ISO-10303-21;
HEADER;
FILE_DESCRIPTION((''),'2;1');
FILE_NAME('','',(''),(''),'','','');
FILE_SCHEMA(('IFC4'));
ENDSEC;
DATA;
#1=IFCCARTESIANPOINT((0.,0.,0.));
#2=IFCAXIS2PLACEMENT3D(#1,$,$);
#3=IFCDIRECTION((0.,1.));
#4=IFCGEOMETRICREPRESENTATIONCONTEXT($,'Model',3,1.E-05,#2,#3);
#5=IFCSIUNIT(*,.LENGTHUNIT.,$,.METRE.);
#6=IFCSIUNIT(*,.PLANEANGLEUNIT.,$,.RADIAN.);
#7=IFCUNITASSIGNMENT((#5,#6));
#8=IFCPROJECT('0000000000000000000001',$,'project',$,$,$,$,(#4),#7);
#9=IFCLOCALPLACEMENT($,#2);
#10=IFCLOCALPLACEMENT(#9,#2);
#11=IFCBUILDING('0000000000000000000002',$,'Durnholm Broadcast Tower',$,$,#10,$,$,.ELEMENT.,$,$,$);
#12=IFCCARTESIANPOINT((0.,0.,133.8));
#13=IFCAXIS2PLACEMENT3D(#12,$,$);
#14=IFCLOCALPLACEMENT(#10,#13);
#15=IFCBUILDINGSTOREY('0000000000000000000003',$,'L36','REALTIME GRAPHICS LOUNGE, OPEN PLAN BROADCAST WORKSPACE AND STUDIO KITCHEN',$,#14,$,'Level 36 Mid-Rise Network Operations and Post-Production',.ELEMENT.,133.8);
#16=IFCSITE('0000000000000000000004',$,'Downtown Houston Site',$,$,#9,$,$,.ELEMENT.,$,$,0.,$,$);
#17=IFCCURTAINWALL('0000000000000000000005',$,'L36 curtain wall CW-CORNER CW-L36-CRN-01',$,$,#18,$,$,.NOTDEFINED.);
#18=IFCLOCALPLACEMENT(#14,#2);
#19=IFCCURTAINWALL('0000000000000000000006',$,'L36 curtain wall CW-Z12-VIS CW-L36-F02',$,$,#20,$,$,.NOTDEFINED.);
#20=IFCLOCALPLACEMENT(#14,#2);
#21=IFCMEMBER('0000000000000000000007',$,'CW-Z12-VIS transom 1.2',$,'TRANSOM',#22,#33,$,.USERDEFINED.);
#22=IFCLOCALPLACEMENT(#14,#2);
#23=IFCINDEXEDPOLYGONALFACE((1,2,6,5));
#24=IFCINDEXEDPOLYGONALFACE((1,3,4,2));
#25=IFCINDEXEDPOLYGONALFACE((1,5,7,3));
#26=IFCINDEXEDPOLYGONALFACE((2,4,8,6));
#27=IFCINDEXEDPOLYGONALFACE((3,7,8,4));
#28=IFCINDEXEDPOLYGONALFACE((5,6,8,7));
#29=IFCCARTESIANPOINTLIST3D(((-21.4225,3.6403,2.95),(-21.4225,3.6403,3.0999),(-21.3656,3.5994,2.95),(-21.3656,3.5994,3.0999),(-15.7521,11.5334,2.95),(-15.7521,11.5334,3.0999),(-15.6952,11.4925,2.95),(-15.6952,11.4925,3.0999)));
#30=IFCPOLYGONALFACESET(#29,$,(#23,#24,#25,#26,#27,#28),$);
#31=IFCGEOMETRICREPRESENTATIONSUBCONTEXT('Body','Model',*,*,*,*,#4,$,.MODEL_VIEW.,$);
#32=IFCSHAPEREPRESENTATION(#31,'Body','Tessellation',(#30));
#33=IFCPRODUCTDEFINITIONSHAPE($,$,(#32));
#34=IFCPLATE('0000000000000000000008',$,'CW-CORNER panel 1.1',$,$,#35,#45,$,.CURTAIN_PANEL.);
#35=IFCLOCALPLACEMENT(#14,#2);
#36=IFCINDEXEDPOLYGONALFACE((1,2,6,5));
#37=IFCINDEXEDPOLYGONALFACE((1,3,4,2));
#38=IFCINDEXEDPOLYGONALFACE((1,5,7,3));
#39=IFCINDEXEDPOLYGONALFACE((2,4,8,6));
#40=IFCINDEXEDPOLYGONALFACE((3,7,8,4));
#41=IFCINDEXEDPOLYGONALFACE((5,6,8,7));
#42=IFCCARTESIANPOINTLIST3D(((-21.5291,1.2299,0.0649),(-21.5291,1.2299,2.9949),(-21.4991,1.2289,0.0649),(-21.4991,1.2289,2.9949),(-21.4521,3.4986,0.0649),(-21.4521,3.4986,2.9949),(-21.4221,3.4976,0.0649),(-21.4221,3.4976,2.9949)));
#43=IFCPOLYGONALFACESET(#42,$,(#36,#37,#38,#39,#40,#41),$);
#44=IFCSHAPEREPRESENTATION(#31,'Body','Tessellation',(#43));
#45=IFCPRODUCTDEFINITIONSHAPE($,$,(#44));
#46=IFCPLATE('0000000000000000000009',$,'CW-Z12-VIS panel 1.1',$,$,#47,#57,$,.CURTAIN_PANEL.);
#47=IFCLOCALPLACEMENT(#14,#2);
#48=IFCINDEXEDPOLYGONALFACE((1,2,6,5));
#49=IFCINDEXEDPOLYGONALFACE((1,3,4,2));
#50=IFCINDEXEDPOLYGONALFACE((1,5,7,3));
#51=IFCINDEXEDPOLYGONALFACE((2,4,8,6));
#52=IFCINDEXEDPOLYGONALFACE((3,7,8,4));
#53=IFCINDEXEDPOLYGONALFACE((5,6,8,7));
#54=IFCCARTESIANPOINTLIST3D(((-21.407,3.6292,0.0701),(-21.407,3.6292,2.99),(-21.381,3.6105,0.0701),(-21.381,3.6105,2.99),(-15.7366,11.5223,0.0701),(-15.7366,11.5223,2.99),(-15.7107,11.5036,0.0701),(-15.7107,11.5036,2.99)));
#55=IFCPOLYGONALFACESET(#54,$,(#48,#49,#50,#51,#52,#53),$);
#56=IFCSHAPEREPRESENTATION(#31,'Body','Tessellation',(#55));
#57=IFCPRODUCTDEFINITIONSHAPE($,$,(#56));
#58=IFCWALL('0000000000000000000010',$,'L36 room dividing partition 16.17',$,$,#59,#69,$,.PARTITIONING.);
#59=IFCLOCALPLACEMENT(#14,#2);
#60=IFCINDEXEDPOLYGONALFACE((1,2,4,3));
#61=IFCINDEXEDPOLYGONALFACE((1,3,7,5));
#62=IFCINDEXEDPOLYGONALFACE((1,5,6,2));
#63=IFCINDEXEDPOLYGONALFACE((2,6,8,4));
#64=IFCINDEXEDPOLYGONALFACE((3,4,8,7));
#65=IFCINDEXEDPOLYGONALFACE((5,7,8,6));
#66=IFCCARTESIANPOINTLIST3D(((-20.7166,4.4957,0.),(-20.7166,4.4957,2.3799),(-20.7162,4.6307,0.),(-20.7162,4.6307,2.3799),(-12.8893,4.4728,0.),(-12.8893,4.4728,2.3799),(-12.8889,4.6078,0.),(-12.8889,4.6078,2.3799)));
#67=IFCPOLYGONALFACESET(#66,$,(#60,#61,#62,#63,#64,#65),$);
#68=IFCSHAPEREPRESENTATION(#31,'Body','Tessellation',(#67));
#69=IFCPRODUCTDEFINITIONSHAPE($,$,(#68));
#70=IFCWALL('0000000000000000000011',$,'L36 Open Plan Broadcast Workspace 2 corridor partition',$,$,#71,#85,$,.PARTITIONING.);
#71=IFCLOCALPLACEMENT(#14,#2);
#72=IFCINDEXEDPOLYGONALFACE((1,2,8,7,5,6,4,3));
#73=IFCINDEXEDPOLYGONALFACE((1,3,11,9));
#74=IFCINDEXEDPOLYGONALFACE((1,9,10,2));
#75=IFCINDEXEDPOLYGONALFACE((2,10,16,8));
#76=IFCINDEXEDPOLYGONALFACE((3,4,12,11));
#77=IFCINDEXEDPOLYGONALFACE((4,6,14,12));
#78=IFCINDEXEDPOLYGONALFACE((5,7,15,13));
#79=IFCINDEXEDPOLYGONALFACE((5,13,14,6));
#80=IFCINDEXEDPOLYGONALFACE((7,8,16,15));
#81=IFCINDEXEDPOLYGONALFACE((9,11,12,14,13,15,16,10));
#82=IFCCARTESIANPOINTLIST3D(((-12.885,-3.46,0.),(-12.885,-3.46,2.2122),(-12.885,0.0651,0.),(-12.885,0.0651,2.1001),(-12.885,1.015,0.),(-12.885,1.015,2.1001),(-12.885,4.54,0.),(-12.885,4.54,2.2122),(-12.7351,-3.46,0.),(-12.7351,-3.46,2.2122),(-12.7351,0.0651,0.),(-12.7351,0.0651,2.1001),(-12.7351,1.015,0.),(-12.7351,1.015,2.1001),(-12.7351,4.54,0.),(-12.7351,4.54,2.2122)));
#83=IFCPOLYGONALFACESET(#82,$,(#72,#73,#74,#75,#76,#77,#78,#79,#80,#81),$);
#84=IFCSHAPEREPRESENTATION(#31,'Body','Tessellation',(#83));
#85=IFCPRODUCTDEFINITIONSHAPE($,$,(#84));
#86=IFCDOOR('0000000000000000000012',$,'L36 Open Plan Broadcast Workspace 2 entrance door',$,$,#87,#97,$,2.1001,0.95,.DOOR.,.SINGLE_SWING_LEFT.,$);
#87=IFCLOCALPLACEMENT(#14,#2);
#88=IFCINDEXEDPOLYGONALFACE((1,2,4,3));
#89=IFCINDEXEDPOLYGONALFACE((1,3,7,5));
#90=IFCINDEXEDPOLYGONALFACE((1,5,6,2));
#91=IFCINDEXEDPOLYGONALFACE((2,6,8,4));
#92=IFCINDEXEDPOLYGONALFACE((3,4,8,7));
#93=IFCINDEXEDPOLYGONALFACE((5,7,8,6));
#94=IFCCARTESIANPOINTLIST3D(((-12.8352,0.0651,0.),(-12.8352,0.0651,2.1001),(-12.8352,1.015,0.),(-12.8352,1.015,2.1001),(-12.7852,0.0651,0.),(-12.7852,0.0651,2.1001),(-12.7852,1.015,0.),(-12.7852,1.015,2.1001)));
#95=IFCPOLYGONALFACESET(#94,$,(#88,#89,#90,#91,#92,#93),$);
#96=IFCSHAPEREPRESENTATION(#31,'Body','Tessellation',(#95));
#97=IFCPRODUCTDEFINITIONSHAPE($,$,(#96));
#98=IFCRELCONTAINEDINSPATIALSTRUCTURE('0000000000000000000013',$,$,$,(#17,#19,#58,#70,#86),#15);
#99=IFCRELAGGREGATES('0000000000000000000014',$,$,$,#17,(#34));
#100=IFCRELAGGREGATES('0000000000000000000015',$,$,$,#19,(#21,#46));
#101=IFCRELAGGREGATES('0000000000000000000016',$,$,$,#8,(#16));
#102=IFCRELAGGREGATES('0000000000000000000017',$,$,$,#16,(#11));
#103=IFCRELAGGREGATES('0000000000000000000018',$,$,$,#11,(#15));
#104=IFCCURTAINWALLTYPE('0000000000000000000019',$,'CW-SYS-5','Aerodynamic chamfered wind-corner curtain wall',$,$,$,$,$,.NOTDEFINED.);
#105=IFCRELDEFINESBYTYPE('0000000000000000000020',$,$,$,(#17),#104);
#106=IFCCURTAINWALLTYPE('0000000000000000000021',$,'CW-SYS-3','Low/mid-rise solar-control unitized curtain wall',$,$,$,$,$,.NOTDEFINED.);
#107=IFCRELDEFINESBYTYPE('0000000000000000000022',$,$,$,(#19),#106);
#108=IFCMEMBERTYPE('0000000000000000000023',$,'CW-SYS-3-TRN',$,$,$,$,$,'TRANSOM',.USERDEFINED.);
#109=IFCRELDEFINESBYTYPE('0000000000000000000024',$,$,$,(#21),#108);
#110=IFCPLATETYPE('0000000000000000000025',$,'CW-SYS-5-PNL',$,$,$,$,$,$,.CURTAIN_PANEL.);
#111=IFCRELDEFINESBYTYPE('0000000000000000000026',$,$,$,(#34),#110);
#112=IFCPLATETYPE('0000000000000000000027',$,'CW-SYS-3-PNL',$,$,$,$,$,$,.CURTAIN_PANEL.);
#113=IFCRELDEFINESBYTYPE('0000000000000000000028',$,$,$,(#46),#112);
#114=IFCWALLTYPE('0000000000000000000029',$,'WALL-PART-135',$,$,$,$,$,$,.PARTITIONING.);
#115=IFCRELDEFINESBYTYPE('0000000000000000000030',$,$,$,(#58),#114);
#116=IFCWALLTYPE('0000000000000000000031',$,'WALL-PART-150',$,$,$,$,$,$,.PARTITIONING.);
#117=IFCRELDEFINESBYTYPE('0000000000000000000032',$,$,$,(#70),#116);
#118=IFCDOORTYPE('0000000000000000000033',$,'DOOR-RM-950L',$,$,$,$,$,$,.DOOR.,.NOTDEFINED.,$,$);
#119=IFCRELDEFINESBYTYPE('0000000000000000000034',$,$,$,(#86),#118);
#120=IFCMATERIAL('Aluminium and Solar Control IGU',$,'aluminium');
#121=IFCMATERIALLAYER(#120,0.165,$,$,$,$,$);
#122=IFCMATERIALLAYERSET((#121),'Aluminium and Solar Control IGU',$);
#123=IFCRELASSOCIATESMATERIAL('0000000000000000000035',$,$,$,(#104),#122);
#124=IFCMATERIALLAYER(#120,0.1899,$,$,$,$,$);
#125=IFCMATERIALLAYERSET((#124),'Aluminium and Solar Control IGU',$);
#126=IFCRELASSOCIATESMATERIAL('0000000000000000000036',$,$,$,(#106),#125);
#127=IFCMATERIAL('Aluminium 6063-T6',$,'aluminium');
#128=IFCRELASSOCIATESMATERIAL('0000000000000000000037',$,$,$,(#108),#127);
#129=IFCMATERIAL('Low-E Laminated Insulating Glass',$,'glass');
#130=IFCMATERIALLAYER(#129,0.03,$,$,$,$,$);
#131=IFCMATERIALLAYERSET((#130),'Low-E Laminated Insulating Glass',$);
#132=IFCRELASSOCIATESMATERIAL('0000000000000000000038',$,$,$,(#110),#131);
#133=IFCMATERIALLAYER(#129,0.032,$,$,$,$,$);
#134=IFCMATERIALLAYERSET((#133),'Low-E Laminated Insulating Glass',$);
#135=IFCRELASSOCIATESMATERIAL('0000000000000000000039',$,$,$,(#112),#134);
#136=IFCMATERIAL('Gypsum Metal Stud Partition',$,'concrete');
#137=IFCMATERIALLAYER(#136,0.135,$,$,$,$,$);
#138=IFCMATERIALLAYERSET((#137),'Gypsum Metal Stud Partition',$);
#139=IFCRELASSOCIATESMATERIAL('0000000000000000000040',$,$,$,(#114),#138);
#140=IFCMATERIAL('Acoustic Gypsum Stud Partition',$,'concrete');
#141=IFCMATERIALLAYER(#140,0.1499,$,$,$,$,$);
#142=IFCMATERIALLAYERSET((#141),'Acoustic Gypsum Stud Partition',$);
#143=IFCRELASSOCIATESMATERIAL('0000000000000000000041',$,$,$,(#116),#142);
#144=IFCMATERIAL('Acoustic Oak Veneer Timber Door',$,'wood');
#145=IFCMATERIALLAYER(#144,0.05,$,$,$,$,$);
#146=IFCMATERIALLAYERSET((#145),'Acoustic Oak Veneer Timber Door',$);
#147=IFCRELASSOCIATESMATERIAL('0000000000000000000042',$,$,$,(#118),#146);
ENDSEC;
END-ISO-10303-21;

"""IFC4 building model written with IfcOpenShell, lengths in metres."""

from ifc_helpers import new_model, si_unit, direction, frame, frame_2d, origin, origin_2d, place, context, subcontext, project, spatial, rectangle, extrude, source, transform, mapped, material, layer, layer_set, material_profile, profile_set, type_object, type_shapes, element, fill, aggregate, save


model = new_model("IFC4")

# Units and contexts
model_context = context("Model", 3, precision=1e-05, world=origin(), true_north=direction((0.0, 1.0)))
body_context = subcontext(model_context, "Body", "Model", "MODEL_VIEW")
ifc_project = project(units=[si_unit("LENGTHUNIT", "METRE"), si_unit("PLANEANGLEUNIT", "RADIAN")], contexts=[model_context])

# Site, building, storey
site_placement = place(None, origin())
site = spatial("IfcSite", under=ifc_project, at=site_placement, Name="Downtown Houston Site", CompositionType="ELEMENT", RefElevation=0.0)
building_placement = place(site_placement, origin())
building = spatial("IfcBuilding", under=site, at=building_placement, Name="Durnholm Broadcast Tower", CompositionType="ELEMENT")
storey_placement = place(building_placement, frame((0.0, 0.0, 133.8)))
storey = spatial("IfcBuildingStorey", under=building, at=storey_placement, Name="L36", Description="REALTIME GRAPHICS LOUNGE, OPEN PLAN BROADCAST WORKSPACE AND STUDIO KITCHEN", LongName="Level 36 Mid-Rise Network Operations and Post-Production", CompositionType="ELEMENT", Elevation=133.8)

# Curtain walls
ifc_material_1 = material(Name="Aluminium and Solar Control IGU", Category="aluminium")
ifc_layer_1 = layer(ifc_material_1, 0.165)
ifc_layer_set_1 = layer_set([ifc_layer_1], Name="Aluminium and Solar Control IGU")
curtain_wall_type_1 = type_object("IfcCurtainWallType", Name="CW-SYS-5", Description="Aerodynamic chamfered wind-corner curtain wall", PredefinedType="NOTDEFINED", material=ifc_layer_set_1)
curtain_wall_1_placement = place(storey_placement, origin())
curtain_wall_1 = element("IfcCurtainWall", 1, at=curtain_wall_1_placement, inside=storey, type_object=curtain_wall_type_1, Name="L36 curtain wall CW-CORNER CW-L36-CRN-01", PredefinedType="NOTDEFINED")
ifc_material_2 = material(Name="Aluminium 6063-T6", Category="aluminium")
ifc_layer_2 = layer(ifc_material_1, 0.1899)
ifc_layer_set_2 = layer_set([ifc_layer_2], Name="Aluminium and Solar Control IGU")
curtain_wall_type_2 = type_object("IfcCurtainWallType", Name="CW-SYS-3", Description="Low/mid-rise solar-control unitized curtain wall", PredefinedType="NOTDEFINED", material=ifc_layer_set_2)
curtain_wall_2_placement = place(storey_placement, origin())
curtain_wall_2 = element("IfcCurtainWall", 2, at=curtain_wall_2_placement, inside=storey, type_object=curtain_wall_type_2, Name="L36 curtain wall CW-Z12-VIS CW-L36-F02", PredefinedType="NOTDEFINED")

# Member
ifc_material_profile_1 = material_profile(ifc_material_2, rectangle(XDim=0.0701, YDim=0.1499, at=origin_2d()), Name="CWT70X150")
ifc_profile_set_1 = profile_set([ifc_material_profile_1], Name="Aluminium 6063-T6")
member_type_1 = type_object("IfcMemberType", Name="CW-SYS-3-TRN", ElementType="TRANSOM", PredefinedType="USERDEFINED", material=ifc_profile_set_1)
shared_shape_1 = source(origin(), body_context, "Body", "SweptSolid", [
    extrude(rectangle(XDim=0.0701, YDim=0.1499, at=origin_2d()), origin(), (0.0, 0.0, 1.0), 9.7188),
])
type_shapes(member_type_1, [shared_shape_1])
member_1_placement = place(storey_placement, frame((-21.394, 3.6199, 3.0249), z_axis=(0.583451, 0.812149, 0.0), x_axis=(-0.812149, 0.583451, 0.0)))
member_1 = element("IfcMember", 3, at=member_1_placement, type_object=member_type_1, Name="CW-Z12-VIS transom 1.2", ObjectType="TRANSOM", PredefinedType="USERDEFINED", context=body_context, shape_type="MappedRepresentation", body=[
    mapped(shared_shape_1, transform((0.0, 0.0, 0.0), x_axis=(1.0, 0.0, 0.0), y_axis=(0.0, 1.0, 0.0), z_axis=(0.0, 0.0, 1.0), scale=1.0)),
])

# Plates
ifc_material_3 = material(Name="Low-E Laminated Insulating Glass", Category="glass")
ifc_layer_3 = layer(ifc_material_3, 0.03)
ifc_layer_set_3 = layer_set([ifc_layer_3], Name="Low-E Laminated Insulating Glass")
plate_type_1 = type_object("IfcPlateType", Name="CW-SYS-5-PNL", PredefinedType="CURTAIN_PANEL", material=ifc_layer_set_3)
shared_shape_2 = source(origin(), body_context, "Body", "SweptSolid", [
    extrude(rectangle(XDim=2.27, YDim=0.03, at=origin_2d()), origin(), (0.0, 0.0, 1.0), 2.9299),
])
type_shapes(plate_type_1, [shared_shape_2])
plate_1_placement = place(storey_placement, frame((-21.4756, 2.3638, 0.0649), z_axis=(0.0, 0.0, 1.0), x_axis=(0.033917, 0.999425, 0.0)))
plate_1 = element("IfcPlate", 4, at=plate_1_placement, type_object=plate_type_1, Name="CW-CORNER panel 1.1", PredefinedType="CURTAIN_PANEL", context=body_context, shape_type="MappedRepresentation", body=[
    mapped(shared_shape_2, transform((0.0, 0.0, 0.0), x_axis=(1.0, 0.0, 0.0), y_axis=(0.0, 1.0, 0.0), z_axis=(0.0, 0.0, 1.0), scale=1.0)),
])
aggregate(curtain_wall_1, [plate_1])
ifc_layer_4 = layer(ifc_material_3, 0.032)
ifc_layer_set_4 = layer_set([ifc_layer_4], Name="Low-E Laminated Insulating Glass")
plate_type_2 = type_object("IfcPlateType", Name="CW-SYS-3-PNL", PredefinedType="CURTAIN_PANEL", material=ifc_layer_set_4)
shared_shape_3 = source(origin(), body_context, "Body", "SweptSolid", [
    extrude(rectangle(XDim=9.7188, YDim=0.032, at=origin_2d()), origin(), (0.0, 0.0, 1.0), 2.9199),
])
type_shapes(plate_type_2, [shared_shape_3])
plate_2_placement = place(storey_placement, frame((-18.5588, 7.5664, 0.0701), z_axis=(0.0, 0.0, 1.0), x_axis=(0.583445, 0.812152, 0.0)))
plate_2 = element("IfcPlate", 5, at=plate_2_placement, type_object=plate_type_2, Name="CW-Z12-VIS panel 1.1", PredefinedType="CURTAIN_PANEL", context=body_context, shape_type="MappedRepresentation", body=[
    mapped(shared_shape_3, transform((0.0, 0.0, 0.0), x_axis=(1.0, 0.0, 0.0), y_axis=(0.0, 1.0, 0.0), z_axis=(0.0, 0.0, 1.0), scale=1.0)),
])
aggregate(curtain_wall_2, [member_1, plate_2])

# Wall
ifc_material_4 = material(Name="Gypsum Metal Stud Partition", Category="concrete")
ifc_layer_5 = layer(ifc_material_4, 0.135)
ifc_layer_set_5 = layer_set([ifc_layer_5], Name="Gypsum Metal Stud Partition")
wall_type_1 = type_object("IfcWallType", Name="WALL-PART-135", PredefinedType="PARTITIONING", material=ifc_layer_set_5)
wall_1_placement = place(storey_placement, frame((-20.7163, 4.5632, 0.0), z_axis=(0.0, 0.0, 1.0), x_axis=(0.999996, -0.002932, 0.0)))
element("IfcWall", 6, at=wall_1_placement, inside=storey, type_object=wall_type_1, Name="L36 room dividing partition 16.17", PredefinedType="PARTITIONING", context=body_context, shape_type="SweptSolid", body=[
    extrude(rectangle(XDim=7.8274, YDim=0.135, at=frame_2d((3.9136, 0.0))), origin(), (0.0, 0.0, 1.0), 2.3799),
])

# Wall, opening, door
ifc_material_5 = material(Name="Acoustic Gypsum Stud Partition", Category="concrete")
ifc_layer_6 = layer(ifc_material_5, 0.1499)
ifc_layer_set_6 = layer_set([ifc_layer_6], Name="Acoustic Gypsum Stud Partition")
wall_type_2 = type_object("IfcWallType", Name="WALL-PART-150", PredefinedType="PARTITIONING", material=ifc_layer_set_6)
wall_2_placement = place(storey_placement, frame((-12.8101, 4.54, 0.0), z_axis=(0.0, 0.0, 1.0), x_axis=(0.0, -1.0, 0.0)))
wall_2 = element("IfcWall", 7, at=wall_2_placement, inside=storey, type_object=wall_type_2, Name="L36 Open Plan Broadcast Workspace 2 corridor partition", PredefinedType="PARTITIONING", context=body_context, shape_type="SweptSolid", body=[
    extrude(rectangle(XDim=8.0, YDim=0.1499, at=frame_2d((4.0, 0.0))), origin(), (0.0, 0.0, 1.0), 2.2122),
])
opening_placement = place(wall_2_placement, frame((3.5249, 0.0, 0.0)))
opening = element("IfcOpeningElement", 8, at=opening_placement, cuts=wall_2, PredefinedType="OPENING", context=body_context, shape_type="SweptSolid", body=[
    extrude(rectangle(XDim=0.95, YDim=2.1001, at=frame_2d((0.4751, 1.05))), frame((0.0, 0.085, 0.0), z_axis=(0.0, -1.0, 0.0), x_axis=(1.0, 0.0, 0.0)), (0.0, 0.0, 1.0), 0.1699),
])
ifc_material_6 = material(Name="Acoustic Oak Veneer Timber Door", Category="wood")
ifc_layer_7 = layer(ifc_material_6, 0.05)
ifc_layer_set_7 = layer_set([ifc_layer_7], Name="Acoustic Oak Veneer Timber Door")
door_type = type_object("IfcDoorType", Name="DOOR-RM-950L", OperationType="NOTDEFINED", PredefinedType="DOOR", material=ifc_layer_set_7)
shared_shape_4 = source(origin(), body_context, "Body", "SweptSolid", [
    extrude(rectangle(XDim=0.95, YDim=2.1001, at=frame_2d((0.4751, 1.05))), frame((0.0, 0.0249, 0.0), z_axis=(0.0, -1.0, 0.0), x_axis=(1.0, 0.0, 0.0)), (0.0, 0.0, 1.0), 0.05),
])
type_shapes(door_type, [shared_shape_4])
door_placement = place(opening_placement, origin())
door = element("IfcDoor", 9, at=door_placement, inside=storey, type_object=door_type, Name="L36 Open Plan Broadcast Workspace 2 entrance door", OperationType="SINGLE_SWING_LEFT", OverallHeight=2.1001, OverallWidth=0.95, PredefinedType="DOOR", context=body_context, shape_type="MappedRepresentation", body=[
    mapped(shared_shape_4, transform((0.0, 0.0, 0.0), x_axis=(1.0, 0.0, 0.0), y_axis=(0.0, 1.0, 0.0), z_axis=(0.0, 0.0, 1.0), scale=1.0)),
])
fill(opening, door)

save(model, "model.ifc")
